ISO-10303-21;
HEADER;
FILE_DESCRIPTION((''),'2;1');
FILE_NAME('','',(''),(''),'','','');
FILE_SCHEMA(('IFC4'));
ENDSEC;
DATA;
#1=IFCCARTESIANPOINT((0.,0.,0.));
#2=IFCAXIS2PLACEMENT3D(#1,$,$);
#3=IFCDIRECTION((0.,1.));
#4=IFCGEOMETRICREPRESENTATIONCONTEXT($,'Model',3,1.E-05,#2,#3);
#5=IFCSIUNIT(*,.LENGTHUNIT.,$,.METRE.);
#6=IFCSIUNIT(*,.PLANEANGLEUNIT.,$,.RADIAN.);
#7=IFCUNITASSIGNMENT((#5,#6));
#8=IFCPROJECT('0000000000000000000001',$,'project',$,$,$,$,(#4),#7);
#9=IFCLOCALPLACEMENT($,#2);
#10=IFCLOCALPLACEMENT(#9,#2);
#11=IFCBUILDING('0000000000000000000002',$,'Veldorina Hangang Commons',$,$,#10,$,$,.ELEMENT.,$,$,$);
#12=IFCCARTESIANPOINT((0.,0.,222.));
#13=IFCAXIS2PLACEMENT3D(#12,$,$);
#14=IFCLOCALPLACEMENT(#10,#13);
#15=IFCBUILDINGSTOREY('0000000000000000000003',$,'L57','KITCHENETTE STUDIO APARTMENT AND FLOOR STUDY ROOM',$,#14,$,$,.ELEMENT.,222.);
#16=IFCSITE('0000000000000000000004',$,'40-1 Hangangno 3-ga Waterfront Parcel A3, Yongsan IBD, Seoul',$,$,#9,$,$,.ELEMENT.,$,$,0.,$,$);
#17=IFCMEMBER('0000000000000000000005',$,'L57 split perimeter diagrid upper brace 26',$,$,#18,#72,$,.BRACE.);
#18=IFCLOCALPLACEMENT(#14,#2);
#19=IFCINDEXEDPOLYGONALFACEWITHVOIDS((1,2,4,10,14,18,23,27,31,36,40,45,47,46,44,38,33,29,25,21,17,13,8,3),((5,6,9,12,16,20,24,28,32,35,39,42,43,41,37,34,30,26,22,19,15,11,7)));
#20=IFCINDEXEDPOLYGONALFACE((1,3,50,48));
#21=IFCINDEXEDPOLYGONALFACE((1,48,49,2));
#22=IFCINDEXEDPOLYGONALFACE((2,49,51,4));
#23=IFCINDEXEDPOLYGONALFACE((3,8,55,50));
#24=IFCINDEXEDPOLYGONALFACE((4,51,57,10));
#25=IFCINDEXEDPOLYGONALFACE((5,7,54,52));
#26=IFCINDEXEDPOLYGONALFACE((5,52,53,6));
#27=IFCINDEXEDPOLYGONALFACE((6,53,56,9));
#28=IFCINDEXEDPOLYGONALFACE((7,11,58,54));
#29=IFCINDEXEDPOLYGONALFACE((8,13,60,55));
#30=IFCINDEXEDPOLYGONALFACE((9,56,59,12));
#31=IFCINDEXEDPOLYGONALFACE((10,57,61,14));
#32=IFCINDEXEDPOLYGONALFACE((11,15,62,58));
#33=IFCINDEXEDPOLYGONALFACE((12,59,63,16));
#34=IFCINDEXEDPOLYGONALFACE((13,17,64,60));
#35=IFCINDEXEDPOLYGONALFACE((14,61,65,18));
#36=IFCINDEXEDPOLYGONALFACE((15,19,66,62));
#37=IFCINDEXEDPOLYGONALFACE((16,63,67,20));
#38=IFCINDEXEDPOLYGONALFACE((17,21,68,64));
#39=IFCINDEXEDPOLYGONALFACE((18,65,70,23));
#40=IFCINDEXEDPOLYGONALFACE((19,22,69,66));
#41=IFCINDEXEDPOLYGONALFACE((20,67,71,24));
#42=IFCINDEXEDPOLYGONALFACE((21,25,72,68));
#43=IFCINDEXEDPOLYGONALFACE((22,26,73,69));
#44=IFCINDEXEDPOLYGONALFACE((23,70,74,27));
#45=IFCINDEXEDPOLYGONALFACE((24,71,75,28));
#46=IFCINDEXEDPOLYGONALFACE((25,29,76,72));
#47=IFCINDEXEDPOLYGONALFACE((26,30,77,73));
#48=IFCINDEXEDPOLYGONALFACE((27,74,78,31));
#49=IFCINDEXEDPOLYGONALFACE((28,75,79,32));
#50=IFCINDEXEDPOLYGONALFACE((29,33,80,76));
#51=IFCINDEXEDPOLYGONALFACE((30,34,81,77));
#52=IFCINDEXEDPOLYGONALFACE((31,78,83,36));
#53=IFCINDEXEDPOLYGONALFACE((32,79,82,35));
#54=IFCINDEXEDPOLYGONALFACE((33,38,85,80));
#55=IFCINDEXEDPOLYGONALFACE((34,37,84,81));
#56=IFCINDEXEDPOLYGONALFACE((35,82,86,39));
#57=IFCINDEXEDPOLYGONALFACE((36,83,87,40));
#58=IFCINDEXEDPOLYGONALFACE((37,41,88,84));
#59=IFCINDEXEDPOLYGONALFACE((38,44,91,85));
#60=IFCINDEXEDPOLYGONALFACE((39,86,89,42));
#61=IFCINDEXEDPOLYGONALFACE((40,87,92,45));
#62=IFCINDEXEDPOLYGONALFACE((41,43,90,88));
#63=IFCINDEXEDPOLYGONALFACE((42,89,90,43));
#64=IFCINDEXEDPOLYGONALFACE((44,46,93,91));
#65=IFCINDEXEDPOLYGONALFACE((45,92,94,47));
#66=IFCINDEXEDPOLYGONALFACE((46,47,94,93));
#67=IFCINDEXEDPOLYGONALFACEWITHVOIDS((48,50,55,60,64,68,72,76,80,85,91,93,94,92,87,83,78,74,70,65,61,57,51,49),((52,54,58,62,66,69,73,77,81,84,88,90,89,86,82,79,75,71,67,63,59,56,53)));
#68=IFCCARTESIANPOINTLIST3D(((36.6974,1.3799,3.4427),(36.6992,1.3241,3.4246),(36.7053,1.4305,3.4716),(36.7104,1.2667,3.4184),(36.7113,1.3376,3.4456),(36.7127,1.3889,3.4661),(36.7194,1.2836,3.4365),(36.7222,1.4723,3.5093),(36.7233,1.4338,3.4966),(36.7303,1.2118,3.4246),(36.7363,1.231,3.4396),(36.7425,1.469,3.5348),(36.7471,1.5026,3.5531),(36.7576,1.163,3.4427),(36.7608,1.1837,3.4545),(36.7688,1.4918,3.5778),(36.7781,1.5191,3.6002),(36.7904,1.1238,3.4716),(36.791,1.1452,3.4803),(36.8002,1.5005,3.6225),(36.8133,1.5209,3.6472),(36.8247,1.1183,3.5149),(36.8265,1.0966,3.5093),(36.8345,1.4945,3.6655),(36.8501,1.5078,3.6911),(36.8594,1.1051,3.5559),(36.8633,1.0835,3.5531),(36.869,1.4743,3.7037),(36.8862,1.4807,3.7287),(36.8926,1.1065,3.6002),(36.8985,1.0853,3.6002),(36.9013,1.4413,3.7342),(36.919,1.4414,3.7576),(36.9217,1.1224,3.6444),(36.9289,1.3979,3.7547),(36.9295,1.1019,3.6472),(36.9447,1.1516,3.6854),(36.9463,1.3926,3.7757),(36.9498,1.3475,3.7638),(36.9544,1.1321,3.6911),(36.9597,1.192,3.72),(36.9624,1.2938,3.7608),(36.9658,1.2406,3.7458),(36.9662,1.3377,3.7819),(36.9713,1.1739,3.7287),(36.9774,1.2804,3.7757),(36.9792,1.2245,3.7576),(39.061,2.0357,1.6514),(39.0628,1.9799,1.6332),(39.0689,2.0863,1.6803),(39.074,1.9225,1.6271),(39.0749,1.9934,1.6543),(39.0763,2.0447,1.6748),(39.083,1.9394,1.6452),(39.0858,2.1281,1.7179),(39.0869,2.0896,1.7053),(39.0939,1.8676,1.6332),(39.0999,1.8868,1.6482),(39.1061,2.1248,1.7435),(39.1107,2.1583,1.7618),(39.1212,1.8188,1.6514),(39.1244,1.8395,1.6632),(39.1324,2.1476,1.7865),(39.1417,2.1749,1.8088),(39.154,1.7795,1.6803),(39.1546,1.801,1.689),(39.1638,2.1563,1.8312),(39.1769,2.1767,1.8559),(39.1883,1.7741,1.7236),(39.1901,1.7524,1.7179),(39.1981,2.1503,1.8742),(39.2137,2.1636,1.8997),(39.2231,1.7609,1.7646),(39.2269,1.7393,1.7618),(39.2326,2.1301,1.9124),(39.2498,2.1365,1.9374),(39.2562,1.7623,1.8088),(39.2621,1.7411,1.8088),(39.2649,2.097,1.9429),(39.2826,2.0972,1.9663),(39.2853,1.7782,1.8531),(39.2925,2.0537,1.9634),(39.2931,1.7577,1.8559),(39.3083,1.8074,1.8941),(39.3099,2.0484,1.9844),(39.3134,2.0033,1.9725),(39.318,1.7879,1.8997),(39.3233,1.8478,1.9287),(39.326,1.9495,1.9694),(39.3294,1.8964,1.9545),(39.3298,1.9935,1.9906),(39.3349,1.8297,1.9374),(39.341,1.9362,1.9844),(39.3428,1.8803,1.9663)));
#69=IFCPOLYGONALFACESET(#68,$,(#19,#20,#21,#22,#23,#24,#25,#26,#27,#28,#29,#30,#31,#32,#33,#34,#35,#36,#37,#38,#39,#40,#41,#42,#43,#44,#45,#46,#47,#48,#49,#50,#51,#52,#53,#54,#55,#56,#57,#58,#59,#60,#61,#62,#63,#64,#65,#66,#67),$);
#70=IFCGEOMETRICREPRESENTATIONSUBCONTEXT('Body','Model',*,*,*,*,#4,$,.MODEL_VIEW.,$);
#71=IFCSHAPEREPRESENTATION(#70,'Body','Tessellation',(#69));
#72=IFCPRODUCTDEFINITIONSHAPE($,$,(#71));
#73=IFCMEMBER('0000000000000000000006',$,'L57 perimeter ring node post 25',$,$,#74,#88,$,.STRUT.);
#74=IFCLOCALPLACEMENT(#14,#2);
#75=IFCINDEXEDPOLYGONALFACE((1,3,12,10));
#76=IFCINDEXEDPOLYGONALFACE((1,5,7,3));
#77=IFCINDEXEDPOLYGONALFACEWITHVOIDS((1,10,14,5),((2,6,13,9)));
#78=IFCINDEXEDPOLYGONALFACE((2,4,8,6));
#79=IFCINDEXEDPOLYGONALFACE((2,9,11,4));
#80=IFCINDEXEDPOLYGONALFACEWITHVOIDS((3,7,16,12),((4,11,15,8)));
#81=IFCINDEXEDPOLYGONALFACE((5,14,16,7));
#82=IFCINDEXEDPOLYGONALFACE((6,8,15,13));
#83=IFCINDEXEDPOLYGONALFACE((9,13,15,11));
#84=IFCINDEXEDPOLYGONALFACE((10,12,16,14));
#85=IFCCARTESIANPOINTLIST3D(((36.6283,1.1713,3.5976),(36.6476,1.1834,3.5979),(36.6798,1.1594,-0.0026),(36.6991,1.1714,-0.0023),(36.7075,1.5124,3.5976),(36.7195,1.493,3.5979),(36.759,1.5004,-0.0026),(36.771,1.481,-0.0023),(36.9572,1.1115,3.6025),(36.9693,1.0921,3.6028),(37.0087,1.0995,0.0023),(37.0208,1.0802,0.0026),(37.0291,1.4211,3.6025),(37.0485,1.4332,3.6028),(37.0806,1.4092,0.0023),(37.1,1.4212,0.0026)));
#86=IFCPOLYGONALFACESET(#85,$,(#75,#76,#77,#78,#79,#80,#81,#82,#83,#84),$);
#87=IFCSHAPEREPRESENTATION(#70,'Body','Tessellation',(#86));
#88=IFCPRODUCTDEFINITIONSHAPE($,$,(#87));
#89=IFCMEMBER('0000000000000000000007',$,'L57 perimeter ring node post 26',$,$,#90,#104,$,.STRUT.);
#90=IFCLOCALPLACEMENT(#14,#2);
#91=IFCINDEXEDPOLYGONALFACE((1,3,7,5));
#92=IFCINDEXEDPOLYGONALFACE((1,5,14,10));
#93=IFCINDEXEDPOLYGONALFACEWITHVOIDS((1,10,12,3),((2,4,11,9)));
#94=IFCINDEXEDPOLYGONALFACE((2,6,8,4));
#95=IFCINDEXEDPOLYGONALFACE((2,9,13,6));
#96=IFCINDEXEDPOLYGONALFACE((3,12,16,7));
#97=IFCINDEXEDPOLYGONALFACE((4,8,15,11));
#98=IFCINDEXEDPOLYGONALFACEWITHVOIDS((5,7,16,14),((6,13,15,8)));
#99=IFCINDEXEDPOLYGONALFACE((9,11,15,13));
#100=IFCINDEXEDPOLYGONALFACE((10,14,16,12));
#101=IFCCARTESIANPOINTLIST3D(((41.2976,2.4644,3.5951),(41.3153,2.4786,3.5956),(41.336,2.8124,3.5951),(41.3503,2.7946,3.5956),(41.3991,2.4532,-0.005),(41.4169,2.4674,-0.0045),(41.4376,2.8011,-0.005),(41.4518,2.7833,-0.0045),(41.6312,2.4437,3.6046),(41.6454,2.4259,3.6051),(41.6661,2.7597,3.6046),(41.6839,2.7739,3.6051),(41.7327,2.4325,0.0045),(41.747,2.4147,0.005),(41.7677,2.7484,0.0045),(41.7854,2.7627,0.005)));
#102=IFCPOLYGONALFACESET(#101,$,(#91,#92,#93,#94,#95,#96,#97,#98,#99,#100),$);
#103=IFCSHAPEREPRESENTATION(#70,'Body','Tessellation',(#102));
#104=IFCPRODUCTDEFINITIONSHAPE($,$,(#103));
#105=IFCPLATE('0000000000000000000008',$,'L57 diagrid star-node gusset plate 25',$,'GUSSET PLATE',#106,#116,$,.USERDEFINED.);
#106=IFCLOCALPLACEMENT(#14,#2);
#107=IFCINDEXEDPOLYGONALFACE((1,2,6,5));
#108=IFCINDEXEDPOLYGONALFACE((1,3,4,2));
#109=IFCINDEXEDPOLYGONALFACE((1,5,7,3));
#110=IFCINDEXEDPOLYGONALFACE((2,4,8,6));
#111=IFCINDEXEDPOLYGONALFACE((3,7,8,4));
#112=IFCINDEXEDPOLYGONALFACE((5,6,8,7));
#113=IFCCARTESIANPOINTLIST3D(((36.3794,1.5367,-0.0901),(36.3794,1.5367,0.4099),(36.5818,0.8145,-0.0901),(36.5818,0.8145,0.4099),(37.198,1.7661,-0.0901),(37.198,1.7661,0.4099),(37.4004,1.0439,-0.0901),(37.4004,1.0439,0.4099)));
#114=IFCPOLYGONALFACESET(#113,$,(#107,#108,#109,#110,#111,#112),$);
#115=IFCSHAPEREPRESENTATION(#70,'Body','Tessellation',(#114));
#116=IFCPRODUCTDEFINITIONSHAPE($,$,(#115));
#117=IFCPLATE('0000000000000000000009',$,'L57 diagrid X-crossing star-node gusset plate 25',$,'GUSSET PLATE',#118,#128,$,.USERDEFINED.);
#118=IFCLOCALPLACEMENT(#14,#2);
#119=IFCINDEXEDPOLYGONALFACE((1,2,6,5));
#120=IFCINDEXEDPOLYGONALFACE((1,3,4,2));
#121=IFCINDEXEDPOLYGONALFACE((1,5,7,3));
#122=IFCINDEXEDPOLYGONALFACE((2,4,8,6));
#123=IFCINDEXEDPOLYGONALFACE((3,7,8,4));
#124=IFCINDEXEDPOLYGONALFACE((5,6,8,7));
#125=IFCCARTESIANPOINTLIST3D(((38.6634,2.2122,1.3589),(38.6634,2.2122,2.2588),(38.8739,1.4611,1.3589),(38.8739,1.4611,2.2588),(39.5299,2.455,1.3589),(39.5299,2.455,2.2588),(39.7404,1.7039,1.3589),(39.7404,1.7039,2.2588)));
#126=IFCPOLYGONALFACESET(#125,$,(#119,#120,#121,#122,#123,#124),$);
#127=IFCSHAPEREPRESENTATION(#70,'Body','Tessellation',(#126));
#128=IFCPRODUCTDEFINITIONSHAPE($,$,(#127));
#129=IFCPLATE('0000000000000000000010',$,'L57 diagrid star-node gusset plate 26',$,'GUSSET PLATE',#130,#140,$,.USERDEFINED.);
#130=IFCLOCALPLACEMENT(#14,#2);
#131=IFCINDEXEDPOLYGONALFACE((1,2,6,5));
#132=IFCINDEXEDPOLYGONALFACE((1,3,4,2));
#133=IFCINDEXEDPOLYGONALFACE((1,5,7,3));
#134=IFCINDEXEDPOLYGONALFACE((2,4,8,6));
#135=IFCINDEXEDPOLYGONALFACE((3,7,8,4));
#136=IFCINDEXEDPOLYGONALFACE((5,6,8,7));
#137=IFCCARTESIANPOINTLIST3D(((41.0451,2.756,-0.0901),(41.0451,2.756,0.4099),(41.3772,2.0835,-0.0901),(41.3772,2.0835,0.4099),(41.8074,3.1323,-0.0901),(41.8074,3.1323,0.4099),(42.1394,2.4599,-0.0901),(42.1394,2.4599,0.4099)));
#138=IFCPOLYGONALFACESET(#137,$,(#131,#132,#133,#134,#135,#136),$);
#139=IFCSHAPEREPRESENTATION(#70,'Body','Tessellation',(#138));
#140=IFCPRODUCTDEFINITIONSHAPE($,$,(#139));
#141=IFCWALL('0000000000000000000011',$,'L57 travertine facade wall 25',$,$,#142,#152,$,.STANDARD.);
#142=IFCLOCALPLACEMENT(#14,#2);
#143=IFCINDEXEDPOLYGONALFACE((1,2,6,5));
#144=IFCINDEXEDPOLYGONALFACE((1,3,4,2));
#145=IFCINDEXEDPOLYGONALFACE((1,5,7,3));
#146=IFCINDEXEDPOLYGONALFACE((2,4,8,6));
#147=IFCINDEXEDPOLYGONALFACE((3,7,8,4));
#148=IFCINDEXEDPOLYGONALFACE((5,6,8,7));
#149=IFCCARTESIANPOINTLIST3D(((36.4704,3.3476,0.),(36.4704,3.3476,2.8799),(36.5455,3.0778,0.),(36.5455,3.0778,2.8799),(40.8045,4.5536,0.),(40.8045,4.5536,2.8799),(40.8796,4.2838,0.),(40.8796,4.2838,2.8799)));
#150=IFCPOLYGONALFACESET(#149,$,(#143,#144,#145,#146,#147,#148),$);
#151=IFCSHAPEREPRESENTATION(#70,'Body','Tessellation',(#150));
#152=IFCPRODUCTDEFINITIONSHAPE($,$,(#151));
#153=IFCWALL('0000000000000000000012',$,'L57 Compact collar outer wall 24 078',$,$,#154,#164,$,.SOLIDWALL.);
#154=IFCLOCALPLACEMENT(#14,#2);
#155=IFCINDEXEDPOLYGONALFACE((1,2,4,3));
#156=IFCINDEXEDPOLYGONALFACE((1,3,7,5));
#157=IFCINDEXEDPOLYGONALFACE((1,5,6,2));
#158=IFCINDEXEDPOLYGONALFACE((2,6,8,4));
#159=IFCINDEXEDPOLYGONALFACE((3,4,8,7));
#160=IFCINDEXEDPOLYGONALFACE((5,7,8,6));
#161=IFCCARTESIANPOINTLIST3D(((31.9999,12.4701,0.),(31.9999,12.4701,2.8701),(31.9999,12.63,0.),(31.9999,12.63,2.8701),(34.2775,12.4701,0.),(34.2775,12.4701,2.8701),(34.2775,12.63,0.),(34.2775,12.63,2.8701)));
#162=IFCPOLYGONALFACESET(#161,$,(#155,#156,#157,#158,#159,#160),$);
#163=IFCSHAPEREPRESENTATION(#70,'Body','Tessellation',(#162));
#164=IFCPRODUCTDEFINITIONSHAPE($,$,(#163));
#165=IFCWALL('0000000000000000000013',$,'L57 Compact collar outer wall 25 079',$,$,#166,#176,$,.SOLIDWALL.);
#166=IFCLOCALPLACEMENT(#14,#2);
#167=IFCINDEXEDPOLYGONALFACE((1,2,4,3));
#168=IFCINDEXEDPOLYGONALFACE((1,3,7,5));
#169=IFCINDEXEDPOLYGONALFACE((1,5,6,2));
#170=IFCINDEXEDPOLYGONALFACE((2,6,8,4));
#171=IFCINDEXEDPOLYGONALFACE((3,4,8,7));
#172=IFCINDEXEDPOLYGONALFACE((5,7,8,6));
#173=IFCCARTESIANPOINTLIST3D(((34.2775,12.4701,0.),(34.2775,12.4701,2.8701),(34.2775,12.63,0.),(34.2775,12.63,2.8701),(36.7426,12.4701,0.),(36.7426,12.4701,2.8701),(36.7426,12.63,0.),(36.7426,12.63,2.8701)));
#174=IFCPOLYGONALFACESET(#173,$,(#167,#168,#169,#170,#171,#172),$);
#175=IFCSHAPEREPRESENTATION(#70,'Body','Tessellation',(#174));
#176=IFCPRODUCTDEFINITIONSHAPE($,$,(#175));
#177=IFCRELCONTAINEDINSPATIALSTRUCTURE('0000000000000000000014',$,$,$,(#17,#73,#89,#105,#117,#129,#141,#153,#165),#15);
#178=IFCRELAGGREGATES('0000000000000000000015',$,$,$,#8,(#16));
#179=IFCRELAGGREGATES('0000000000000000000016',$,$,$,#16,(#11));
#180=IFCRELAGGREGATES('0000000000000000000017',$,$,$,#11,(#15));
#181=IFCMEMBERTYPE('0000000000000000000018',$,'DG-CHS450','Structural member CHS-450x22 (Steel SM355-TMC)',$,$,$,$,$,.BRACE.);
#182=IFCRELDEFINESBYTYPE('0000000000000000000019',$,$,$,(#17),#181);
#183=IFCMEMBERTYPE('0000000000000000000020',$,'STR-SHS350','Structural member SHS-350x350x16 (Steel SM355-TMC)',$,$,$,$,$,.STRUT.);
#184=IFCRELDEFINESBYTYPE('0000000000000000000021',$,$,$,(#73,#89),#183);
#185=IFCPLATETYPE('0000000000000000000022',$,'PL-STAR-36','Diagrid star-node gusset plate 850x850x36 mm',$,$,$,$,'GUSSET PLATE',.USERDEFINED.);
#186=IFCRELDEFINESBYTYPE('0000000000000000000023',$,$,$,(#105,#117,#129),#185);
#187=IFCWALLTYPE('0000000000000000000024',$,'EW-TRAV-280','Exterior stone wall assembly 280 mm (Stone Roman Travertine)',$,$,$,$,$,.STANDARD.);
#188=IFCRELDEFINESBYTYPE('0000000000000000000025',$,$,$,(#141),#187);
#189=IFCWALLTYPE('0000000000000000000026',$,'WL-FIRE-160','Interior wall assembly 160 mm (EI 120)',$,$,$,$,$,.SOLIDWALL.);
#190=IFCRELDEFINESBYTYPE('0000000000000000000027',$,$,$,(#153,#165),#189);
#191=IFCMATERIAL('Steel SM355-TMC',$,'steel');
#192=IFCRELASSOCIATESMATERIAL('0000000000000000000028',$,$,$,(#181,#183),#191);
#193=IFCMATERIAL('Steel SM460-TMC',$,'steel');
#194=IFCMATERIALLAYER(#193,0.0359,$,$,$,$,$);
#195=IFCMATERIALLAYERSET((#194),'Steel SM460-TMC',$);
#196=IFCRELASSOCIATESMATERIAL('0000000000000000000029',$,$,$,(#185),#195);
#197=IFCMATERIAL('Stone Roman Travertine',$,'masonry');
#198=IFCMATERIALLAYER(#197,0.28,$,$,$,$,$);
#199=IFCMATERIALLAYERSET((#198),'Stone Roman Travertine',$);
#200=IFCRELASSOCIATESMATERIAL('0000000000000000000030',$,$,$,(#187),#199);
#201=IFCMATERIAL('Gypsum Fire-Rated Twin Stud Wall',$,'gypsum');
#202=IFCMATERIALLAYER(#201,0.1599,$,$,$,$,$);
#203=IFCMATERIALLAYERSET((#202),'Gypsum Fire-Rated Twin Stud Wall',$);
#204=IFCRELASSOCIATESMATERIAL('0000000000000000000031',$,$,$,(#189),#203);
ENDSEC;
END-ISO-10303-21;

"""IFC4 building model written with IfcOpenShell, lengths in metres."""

from ifc_helpers import new_model, si_unit, direction, frame, frame_2d, origin, origin_2d, place, context, subcontext, project, spatial, rectangle, hollow_rectangle, hollow_circle, extrude, material, layer, layer_set, material_profile, profile_set, type_object, element, save


model = new_model("IFC4")

# Units and contexts
model_context = context("Model", 3, precision=1e-05, world=origin(), true_north=direction((0.0, 1.0)))
body_context = subcontext(model_context, "Body", "Model", "MODEL_VIEW")
ifc_project = project(units=[si_unit("LENGTHUNIT", "METRE"), si_unit("PLANEANGLEUNIT", "RADIAN")], contexts=[model_context])

# Site, building, storey
site_placement = place(None, origin())
site = spatial("IfcSite", under=ifc_project, at=site_placement, Name="40-1 Hangangno 3-ga Waterfront Parcel A3, Yongsan IBD, Seoul", CompositionType="ELEMENT", RefElevation=0.0)
building_placement = place(site_placement, origin())
building = spatial("IfcBuilding", under=site, at=building_placement, Name="Veldorina Hangang Commons", CompositionType="ELEMENT")
storey_placement = place(building_placement, frame((0.0, 0.0, 222.0)))
storey = spatial("IfcBuildingStorey", under=building, at=storey_placement, Name="L57", Description="KITCHENETTE STUDIO APARTMENT AND FLOOR STUDY ROOM", CompositionType="ELEMENT", Elevation=222.0)

# Shared definitions
ifc_material_1 = material(Name="Steel SM355-TMC", Category="steel")

# Members
ifc_material_profile_1 = material_profile(ifc_material_1, hollow_circle(Radius=0.2251, WallThickness=0.022, at=origin_2d()), Name="CHS-450x22")
ifc_profile_set_1 = profile_set([ifc_material_profile_1], Name="Steel SM355-TMC")
member_type_1 = type_object("IfcMemberType", Name="DG-CHS450", Description="Structural member CHS-450x22 (Steel SM355-TMC)", PredefinedType="BRACE", material=ifc_profile_set_1)
member_1_placement = place(storey_placement, frame((39.2019, 1.958, 1.8088), z_axis=(-0.778179, -0.215906, 0.589764), x_axis=(0.267351, -0.963599, 0.0)))
element("IfcMember", 1, at=member_1_placement, inside=storey, type_object=member_type_1, Name="L57 split perimeter diagrid upper brace 26", PredefinedType="BRACE", context=body_context, shape_type="SweptSolid", body=[
    extrude(hollow_circle(Radius=0.2251, WallThickness=0.022, at=origin_2d()), origin(), (0.0, 0.0, 1.0), 3.0374),
])
ifc_material_profile_2 = material_profile(ifc_material_1, hollow_rectangle(XDim=0.3501, YDim=0.3501, WallThickness=0.0161, at=origin_2d()), Name="SHS-350x350x16")
ifc_profile_set_2 = profile_set([ifc_material_profile_2], Name="Steel SM355-TMC")
member_type_2 = type_object("IfcMemberType", Name="STR-SHS350", Description="Structural member SHS-350x350x16 (Steel SM355-TMC)", PredefinedType="STRUT", material=ifc_profile_set_2)
member_2_placement = place(storey_placement, frame((36.8899, 1.2903, 0.0), z_axis=(-0.014307, 0.003323, 0.999892), x_axis=(-0.226208, -0.974079, 0.0)))
element("IfcMember", 2, at=member_2_placement, inside=storey, type_object=member_type_2, Name="L57 perimeter ring node post 25", PredefinedType="STRUT", context=body_context, shape_type="SweptSolid", body=[
    extrude(hollow_rectangle(XDim=0.3501, YDim=0.3501, WallThickness=0.0161, at=origin_2d()), origin(), (0.0, 0.0, 1.0), 3.6006),
])
member_3_placement = place(storey_placement, frame((41.5923, 2.6079, 0.0), z_axis=(-0.0282, 0.003118, 0.999597), x_axis=(-0.109907, -0.993942, 0.0)))
element("IfcMember", 3, at=member_3_placement, inside=storey, type_object=member_type_2, Name="L57 perimeter ring node post 26", PredefinedType="STRUT", context=body_context, shape_type="SweptSolid", body=[
    extrude(hollow_rectangle(XDim=0.3501, YDim=0.3501, WallThickness=0.0161, at=origin_2d()), origin(), (0.0, 0.0, 1.0), 3.6016),
])

# Plates
ifc_material_2 = material(Name="Steel SM460-TMC", Category="steel")
ifc_layer_1 = layer(ifc_material_2, 0.0359)
ifc_layer_set_1 = layer_set([ifc_layer_1], Name="Steel SM460-TMC")
plate_type = type_object("IfcPlateType", Name="PL-STAR-36", Description="Diagrid star-node gusset plate 850x850x36 mm", ElementType="GUSSET PLATE", PredefinedType="USERDEFINED", material=ifc_layer_set_1)
plate_1_placement = place(storey_placement, frame((36.8899, 1.2903, -0.0901), z_axis=(0.0, 0.0, 1.0), x_axis=(0.962913, 0.269811, 0.0)))
element("IfcPlate", 4, at=plate_1_placement, inside=storey, type_object=plate_type, Name="L57 diagrid star-node gusset plate 25", ObjectType="GUSSET PLATE", PredefinedType="USERDEFINED", context=body_context, shape_type="SweptSolid", body=[
    extrude(rectangle(XDim=0.8501, YDim=0.75, at=origin_2d()), origin(), (0.0, 0.0, 1.0), 0.5),
])
plate_2_placement = place(storey_placement, frame((39.2019, 1.958, 1.3589), z_axis=(0.0, 0.0, 1.0), x_axis=(0.962913, 0.269811, 0.0)))
element("IfcPlate", 5, at=plate_2_placement, inside=storey, type_object=plate_type, Name="L57 diagrid X-crossing star-node gusset plate 25", ObjectType="GUSSET PLATE", PredefinedType="USERDEFINED", context=body_context, shape_type="SweptSolid", body=[
    extrude(rectangle(XDim=0.8999, YDim=0.78, at=origin_2d()), origin(), (0.0, 0.0, 1.0), 0.8999),
])
plate_3_placement = place(storey_placement, frame((41.5923, 2.6079, -0.0901), z_axis=(0.0, 0.0, 1.0), x_axis=(0.896649, 0.442743, 0.0)))
element("IfcPlate", 6, at=plate_3_placement, inside=storey, type_object=plate_type, Name="L57 diagrid star-node gusset plate 26", ObjectType="GUSSET PLATE", PredefinedType="USERDEFINED", context=body_context, shape_type="SweptSolid", body=[
    extrude(rectangle(XDim=0.8501, YDim=0.75, at=origin_2d()), origin(), (0.0, 0.0, 1.0), 0.5),
])

# Shared definitions
ifc_material_3 = material(Name="Stone Roman Travertine", Category="masonry")

# Walls
ifc_layer_2 = layer(ifc_material_3, 0.28)
ifc_layer_set_2 = layer_set([ifc_layer_2], Name="Stone Roman Travertine")
wall_type_1 = type_object("IfcWallType", Name="EW-TRAV-280", Description="Exterior stone wall assembly 280 mm (Stone Roman Travertine)", PredefinedType="STANDARD", material=ifc_layer_set_2)
wall_1_placement = place(storey_placement, frame((36.5078, 3.2126, 0.0), z_axis=(0.0, 0.0, 1.0), x_axis=(0.963397, 0.268078, 0.0)))
element("IfcWall", 7, at=wall_1_placement, inside=storey, type_object=wall_type_1, Name="L57 travertine facade wall 25", PredefinedType="STANDARD", context=body_context, shape_type="SweptSolid", body=[
    extrude(rectangle(XDim=4.4988, YDim=0.28, at=frame_2d((2.2495, 0.0))), origin(), (0.0, 0.0, 1.0), 2.8799),
])
ifc_material_4 = material(Name="Gypsum Fire-Rated Twin Stud Wall", Category="gypsum")
ifc_layer_3 = layer(ifc_material_4, 0.1599)
ifc_layer_set_3 = layer_set([ifc_layer_3], Name="Gypsum Fire-Rated Twin Stud Wall")
wall_type_2 = type_object("IfcWallType", Name="WL-FIRE-160", Description="Interior wall assembly 160 mm (EI 120)", PredefinedType="SOLIDWALL", material=ifc_layer_set_3)
wall_2_placement = place(storey_placement, frame((32.0, 12.55, 0.0), z_axis=(0.0, 0.0, 1.0), x_axis=(1.0, 0.0, 0.0)))
element("IfcWall", 8, at=wall_2_placement, inside=storey, type_object=wall_type_2, Name="L57 Compact collar outer wall 24 078", PredefinedType="SOLIDWALL", context=body_context, shape_type="SweptSolid", body=[
    extrude(rectangle(XDim=2.2776, YDim=0.1599, at=frame_2d((1.1387, 0.0))), origin(), (0.0, 0.0, 1.0), 2.8701),
])
wall_3_placement = place(storey_placement, frame((34.2776, 12.55, 0.0), z_axis=(0.0, 0.0, 1.0), x_axis=(1.0, 0.0, 0.0)))
element("IfcWall", 9, at=wall_3_placement, inside=storey, type_object=wall_type_2, Name="L57 Compact collar outer wall 25 079", PredefinedType="SOLIDWALL", context=body_context, shape_type="SweptSolid", body=[
    extrude(rectangle(XDim=2.4651, YDim=0.1599, at=frame_2d((1.2324, 0.0))), origin(), (0.0, 0.0, 1.0), 2.8701),
])

save(model, "model.ifc")
